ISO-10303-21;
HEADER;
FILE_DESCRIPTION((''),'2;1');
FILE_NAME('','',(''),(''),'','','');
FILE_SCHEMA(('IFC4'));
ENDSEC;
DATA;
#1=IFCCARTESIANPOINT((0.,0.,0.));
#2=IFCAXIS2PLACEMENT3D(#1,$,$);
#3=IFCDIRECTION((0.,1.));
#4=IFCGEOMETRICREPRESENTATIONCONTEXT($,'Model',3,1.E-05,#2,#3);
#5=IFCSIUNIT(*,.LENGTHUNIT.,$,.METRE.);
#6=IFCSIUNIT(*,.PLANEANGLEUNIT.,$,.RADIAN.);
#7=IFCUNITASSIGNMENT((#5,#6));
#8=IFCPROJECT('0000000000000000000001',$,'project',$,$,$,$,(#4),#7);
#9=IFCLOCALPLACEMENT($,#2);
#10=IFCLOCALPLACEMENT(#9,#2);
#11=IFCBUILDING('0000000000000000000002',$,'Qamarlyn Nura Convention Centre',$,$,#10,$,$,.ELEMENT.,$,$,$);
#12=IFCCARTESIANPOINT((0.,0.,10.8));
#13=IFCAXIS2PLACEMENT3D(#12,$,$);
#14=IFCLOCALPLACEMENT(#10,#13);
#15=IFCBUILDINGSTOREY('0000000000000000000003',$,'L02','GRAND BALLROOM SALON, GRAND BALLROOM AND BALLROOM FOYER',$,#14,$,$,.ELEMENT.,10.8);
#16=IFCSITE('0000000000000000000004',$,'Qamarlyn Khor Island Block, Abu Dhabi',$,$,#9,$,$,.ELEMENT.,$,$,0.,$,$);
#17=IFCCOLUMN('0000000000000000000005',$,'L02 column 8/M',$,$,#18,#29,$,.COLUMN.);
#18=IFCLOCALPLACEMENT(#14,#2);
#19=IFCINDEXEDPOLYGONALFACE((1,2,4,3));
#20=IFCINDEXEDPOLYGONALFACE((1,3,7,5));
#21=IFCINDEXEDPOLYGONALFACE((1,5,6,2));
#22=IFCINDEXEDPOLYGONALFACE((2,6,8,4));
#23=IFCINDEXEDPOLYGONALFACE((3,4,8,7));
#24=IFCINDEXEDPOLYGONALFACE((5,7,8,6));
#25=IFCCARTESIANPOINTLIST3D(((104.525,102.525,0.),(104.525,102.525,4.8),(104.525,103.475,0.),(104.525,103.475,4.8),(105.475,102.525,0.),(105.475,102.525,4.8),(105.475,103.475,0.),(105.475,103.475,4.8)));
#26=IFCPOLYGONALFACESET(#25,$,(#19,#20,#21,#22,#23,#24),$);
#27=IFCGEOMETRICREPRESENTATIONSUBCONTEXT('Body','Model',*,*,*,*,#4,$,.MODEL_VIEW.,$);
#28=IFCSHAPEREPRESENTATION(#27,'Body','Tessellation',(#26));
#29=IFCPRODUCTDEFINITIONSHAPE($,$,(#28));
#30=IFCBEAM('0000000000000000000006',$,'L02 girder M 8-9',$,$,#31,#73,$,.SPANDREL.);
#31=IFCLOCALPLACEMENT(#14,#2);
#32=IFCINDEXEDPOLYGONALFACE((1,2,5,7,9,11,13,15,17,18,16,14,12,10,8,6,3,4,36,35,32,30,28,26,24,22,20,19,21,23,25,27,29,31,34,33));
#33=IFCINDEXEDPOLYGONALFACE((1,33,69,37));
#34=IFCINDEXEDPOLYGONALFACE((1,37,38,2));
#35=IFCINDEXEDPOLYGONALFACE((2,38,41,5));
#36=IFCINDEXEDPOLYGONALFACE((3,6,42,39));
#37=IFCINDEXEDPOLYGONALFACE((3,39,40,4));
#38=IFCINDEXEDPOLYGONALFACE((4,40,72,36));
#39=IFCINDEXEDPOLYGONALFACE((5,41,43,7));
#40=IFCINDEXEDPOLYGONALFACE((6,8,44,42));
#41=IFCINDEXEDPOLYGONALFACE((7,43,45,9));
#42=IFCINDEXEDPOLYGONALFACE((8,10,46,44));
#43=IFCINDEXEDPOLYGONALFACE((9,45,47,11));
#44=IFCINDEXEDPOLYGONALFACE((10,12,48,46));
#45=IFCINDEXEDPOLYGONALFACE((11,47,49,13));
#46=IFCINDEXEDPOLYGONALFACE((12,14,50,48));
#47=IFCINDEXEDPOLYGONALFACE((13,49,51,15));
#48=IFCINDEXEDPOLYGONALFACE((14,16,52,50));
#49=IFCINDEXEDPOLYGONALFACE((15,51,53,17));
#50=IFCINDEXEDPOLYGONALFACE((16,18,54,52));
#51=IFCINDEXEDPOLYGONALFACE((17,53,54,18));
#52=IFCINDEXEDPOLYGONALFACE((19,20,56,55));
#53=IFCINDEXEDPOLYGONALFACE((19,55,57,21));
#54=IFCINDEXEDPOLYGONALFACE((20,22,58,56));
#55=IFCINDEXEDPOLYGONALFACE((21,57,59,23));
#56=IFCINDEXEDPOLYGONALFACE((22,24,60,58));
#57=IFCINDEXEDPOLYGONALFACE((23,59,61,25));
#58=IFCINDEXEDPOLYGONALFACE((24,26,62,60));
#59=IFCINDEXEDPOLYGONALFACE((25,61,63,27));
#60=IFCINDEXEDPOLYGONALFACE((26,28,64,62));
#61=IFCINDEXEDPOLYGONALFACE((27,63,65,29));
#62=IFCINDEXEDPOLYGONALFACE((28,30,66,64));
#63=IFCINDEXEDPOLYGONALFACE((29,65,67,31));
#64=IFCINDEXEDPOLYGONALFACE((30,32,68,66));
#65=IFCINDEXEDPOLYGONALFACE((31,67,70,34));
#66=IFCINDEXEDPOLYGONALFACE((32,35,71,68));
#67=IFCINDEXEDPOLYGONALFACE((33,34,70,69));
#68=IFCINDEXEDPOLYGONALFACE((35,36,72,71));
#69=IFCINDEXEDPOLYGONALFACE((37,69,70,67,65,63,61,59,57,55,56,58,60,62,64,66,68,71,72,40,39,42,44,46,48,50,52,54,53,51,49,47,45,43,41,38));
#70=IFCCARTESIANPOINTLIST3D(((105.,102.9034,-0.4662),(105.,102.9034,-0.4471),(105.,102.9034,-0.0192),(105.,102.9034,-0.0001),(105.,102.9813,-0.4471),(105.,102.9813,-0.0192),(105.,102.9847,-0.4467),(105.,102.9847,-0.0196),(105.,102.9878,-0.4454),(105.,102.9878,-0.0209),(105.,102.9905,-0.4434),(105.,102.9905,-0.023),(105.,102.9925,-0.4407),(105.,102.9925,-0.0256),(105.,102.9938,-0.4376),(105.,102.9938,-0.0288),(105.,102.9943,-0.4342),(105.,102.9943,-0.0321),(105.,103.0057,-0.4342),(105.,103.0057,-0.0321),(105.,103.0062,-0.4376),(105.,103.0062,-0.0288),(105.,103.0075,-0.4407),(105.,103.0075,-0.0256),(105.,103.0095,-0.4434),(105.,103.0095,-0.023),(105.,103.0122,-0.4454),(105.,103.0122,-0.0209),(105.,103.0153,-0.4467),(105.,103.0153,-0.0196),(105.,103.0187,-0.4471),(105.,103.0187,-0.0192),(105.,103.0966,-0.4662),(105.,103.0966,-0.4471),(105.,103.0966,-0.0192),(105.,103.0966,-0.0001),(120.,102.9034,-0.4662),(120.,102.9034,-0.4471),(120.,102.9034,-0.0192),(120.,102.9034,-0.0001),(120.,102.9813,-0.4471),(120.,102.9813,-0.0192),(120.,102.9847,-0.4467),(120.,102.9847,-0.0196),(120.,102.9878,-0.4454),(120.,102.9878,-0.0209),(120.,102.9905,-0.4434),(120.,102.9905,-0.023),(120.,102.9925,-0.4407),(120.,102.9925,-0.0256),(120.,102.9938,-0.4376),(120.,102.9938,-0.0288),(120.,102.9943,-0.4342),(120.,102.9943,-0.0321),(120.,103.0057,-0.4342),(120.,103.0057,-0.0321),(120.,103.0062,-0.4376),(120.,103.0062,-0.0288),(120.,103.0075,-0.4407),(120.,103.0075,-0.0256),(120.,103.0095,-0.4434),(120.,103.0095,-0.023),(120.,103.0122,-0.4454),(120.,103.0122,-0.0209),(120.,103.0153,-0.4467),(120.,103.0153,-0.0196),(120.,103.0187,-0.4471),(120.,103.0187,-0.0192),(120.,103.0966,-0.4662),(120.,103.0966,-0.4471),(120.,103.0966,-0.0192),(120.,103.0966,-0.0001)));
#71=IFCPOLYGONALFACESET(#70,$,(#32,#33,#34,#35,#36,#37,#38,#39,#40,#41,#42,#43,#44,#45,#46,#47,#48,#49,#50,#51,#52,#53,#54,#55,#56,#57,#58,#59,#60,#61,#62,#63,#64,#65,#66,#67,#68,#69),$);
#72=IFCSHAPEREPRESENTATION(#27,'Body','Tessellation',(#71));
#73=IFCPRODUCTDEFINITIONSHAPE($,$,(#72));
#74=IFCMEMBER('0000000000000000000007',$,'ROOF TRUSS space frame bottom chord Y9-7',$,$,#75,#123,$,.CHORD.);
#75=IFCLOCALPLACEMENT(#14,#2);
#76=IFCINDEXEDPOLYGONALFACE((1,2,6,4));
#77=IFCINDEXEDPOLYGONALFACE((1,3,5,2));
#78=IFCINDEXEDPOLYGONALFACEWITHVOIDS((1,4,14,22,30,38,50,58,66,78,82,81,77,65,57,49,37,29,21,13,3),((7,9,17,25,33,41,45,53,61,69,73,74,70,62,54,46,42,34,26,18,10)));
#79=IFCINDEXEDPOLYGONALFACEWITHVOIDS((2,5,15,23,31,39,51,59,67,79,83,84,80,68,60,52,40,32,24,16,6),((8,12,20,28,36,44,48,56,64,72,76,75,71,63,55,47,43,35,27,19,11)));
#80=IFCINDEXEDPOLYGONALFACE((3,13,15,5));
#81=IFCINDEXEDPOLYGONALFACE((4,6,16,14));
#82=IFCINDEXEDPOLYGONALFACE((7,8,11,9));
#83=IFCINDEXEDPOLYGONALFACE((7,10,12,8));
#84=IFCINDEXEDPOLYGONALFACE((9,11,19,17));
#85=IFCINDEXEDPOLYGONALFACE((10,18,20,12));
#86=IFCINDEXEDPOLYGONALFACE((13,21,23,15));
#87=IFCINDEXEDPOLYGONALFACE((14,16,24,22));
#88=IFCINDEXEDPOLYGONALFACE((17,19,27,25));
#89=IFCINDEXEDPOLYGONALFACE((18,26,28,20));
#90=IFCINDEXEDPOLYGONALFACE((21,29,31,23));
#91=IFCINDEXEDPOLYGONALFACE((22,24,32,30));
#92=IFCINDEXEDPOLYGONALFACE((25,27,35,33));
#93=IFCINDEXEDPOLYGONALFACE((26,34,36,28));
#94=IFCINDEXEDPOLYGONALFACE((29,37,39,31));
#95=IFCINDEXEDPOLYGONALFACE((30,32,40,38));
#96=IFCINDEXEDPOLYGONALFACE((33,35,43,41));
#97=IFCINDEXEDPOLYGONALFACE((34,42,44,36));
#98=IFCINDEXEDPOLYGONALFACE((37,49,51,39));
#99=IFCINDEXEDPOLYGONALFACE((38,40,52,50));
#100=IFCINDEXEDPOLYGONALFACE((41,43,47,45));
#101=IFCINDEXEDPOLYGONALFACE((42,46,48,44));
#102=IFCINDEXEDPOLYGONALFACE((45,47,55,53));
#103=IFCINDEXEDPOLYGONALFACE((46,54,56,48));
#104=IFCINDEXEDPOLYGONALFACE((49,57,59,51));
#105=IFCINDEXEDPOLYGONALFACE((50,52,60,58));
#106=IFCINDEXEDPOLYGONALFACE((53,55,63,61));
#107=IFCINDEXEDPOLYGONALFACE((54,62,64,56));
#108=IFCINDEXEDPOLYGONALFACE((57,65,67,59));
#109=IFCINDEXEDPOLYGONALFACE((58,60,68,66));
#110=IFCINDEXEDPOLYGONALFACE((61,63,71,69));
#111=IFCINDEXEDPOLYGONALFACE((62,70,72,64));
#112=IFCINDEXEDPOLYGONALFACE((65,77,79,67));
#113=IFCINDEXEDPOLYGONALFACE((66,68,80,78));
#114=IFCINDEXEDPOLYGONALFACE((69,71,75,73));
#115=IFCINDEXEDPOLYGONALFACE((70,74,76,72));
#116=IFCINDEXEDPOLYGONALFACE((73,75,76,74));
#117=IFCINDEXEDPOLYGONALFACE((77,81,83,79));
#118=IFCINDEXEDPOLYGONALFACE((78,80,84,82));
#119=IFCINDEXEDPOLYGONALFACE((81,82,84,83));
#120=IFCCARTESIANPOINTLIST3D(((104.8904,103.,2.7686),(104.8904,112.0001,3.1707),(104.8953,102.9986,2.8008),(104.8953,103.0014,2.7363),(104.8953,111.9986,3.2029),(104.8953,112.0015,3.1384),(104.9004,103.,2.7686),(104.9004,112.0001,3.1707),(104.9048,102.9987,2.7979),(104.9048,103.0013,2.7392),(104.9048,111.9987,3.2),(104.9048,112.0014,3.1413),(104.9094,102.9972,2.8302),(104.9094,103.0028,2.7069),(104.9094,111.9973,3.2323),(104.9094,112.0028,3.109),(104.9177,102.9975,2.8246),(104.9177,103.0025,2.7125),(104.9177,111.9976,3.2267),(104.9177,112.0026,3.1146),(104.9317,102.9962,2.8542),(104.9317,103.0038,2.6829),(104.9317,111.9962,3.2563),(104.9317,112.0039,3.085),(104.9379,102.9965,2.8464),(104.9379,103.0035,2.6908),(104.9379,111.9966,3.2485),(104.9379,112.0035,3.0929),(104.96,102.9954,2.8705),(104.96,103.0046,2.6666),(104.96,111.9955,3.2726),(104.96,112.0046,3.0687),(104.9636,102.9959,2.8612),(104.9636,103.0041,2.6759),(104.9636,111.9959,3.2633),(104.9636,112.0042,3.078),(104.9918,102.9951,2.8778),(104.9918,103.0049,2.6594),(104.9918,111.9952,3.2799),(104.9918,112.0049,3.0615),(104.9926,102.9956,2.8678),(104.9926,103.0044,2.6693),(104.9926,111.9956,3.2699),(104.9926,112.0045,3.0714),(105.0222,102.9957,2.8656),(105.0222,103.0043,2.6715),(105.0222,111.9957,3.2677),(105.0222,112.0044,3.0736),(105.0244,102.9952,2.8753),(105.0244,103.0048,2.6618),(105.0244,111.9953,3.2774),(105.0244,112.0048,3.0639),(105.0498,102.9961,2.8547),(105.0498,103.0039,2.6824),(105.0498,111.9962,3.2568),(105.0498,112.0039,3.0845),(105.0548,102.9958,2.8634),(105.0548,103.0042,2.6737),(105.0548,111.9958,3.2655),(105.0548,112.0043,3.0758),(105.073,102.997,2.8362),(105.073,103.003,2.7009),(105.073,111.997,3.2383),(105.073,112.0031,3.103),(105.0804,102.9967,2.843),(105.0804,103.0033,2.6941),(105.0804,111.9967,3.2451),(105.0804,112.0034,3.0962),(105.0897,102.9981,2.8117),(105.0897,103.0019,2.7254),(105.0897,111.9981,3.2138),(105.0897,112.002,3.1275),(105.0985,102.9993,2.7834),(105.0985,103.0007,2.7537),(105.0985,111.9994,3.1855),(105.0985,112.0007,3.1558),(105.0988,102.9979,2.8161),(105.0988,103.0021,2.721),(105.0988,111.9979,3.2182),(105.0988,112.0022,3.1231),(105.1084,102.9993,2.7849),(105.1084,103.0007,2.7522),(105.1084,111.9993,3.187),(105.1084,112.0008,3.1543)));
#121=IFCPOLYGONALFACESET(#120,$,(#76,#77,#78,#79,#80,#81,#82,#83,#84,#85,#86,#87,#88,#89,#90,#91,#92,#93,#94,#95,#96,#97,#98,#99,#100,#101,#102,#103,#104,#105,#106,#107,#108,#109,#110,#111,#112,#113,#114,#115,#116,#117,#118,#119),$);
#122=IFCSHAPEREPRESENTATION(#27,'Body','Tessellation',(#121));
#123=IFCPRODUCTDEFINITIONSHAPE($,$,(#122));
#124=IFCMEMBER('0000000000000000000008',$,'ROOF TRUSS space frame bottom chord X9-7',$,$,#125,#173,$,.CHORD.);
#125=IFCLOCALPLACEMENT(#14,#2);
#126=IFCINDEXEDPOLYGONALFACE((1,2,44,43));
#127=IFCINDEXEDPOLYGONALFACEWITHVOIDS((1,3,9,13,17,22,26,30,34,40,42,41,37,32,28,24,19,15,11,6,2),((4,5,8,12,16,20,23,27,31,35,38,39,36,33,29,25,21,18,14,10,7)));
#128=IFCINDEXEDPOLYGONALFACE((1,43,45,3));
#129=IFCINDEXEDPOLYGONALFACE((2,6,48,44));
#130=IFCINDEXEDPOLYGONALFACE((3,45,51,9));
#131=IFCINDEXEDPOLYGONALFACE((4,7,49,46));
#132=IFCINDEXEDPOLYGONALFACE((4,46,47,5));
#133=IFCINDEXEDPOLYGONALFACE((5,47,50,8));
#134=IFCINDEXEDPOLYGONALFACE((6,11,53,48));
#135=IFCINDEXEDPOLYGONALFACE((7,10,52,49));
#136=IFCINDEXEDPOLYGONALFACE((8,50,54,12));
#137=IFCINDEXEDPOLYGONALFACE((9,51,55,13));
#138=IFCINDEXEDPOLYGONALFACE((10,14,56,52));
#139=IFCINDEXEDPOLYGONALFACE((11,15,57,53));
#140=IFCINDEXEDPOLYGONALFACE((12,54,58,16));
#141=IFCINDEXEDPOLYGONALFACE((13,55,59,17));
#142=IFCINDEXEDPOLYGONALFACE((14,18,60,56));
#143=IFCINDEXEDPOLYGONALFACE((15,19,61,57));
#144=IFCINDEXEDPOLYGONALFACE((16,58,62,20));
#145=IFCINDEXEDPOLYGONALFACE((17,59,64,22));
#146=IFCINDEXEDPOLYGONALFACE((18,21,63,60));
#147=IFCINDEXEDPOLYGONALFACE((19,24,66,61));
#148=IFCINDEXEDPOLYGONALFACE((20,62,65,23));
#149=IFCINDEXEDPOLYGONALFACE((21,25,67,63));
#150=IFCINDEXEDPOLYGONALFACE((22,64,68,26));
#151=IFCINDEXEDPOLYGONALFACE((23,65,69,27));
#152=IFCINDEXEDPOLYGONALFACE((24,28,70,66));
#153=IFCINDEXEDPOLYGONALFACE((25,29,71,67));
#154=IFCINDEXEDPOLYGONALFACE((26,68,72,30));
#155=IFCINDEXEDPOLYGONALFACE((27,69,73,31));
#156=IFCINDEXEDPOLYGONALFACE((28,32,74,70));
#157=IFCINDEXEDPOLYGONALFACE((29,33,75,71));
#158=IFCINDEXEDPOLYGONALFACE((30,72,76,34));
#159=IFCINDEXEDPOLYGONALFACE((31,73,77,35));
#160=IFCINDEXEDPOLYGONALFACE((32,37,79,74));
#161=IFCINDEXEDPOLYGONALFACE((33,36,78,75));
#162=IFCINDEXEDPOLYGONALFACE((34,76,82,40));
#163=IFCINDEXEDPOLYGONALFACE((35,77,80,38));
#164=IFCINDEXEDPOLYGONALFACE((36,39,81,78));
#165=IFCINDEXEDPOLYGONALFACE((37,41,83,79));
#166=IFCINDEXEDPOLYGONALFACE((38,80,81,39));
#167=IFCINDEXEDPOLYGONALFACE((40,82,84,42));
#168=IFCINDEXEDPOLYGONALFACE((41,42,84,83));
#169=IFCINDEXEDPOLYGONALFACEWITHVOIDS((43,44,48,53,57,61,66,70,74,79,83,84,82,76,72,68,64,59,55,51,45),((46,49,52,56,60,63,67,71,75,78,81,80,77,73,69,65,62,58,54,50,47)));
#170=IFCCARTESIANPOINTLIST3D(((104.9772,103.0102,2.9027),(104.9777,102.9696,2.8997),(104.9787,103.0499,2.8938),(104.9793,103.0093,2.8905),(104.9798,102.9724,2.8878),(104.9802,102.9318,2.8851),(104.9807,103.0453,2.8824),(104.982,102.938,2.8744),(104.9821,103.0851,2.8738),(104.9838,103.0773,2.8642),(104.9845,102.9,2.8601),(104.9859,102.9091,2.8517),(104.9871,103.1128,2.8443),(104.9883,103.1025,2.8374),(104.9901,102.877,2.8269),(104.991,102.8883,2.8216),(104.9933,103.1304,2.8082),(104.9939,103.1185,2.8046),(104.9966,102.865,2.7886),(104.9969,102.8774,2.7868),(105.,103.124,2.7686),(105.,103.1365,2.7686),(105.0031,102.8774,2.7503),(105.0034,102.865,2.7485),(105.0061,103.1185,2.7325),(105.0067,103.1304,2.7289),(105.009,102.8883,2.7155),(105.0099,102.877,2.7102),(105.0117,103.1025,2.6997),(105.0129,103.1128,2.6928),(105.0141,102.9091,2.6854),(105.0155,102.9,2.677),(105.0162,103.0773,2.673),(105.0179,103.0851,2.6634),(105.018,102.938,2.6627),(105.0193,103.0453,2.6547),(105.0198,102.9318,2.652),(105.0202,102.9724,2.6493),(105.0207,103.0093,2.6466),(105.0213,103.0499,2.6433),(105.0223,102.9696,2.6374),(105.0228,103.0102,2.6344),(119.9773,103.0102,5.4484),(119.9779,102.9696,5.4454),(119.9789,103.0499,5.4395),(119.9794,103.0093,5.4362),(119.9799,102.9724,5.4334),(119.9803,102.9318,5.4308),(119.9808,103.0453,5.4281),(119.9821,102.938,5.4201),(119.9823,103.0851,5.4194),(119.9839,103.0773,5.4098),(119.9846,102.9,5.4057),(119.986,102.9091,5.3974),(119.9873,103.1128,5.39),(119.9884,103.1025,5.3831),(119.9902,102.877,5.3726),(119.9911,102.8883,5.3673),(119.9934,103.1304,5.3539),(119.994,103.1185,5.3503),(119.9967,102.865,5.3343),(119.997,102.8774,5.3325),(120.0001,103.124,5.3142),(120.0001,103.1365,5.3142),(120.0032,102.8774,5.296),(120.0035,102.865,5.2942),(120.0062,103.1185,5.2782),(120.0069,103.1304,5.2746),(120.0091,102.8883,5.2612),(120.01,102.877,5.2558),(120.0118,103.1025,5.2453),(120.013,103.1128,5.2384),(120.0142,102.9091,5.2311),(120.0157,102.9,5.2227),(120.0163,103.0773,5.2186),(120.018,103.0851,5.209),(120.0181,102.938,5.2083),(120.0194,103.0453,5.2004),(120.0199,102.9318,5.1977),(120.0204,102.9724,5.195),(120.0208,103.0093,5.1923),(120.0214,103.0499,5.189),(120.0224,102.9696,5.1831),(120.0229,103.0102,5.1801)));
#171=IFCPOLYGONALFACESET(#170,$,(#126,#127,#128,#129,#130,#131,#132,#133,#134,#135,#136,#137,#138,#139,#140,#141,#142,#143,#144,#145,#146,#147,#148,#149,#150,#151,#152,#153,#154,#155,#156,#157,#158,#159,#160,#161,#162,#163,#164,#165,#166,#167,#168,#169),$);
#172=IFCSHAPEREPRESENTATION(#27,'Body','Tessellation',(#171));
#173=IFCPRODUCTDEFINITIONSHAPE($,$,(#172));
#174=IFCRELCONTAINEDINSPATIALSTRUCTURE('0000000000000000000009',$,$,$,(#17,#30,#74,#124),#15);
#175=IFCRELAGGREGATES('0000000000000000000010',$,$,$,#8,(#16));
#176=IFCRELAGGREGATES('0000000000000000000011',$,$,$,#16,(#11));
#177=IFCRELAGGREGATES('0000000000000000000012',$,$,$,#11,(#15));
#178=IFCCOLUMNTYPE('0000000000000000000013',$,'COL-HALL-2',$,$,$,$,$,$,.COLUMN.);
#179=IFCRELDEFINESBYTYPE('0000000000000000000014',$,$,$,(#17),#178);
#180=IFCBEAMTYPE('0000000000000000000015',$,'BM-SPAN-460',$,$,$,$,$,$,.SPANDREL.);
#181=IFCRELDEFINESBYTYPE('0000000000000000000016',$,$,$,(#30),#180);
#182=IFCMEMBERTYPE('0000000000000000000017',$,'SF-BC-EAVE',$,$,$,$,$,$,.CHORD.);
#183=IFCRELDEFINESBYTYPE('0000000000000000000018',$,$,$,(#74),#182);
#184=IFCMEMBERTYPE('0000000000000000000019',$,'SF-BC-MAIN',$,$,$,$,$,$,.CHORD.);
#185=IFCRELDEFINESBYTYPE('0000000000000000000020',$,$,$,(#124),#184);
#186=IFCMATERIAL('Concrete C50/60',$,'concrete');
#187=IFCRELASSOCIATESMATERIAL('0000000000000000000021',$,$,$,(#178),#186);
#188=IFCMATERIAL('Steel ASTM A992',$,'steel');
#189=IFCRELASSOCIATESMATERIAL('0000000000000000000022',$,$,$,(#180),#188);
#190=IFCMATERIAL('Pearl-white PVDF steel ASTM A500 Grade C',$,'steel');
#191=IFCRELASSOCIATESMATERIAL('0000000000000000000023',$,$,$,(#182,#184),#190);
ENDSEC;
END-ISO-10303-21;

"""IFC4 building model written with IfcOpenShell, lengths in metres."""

from ifc_helpers import new_model, si_unit, direction, frame, origin, origin_2d, place, context, subcontext, project, spatial, rectangle, hollow_circle, i_section, extrude, material, material_profile, profile_set, type_object, element, save


model = new_model("IFC4")

# Units and contexts
model_context = context("Model", 3, precision=1e-05, world=origin(), true_north=direction((0.0, 1.0)))
body_context = subcontext(model_context, "Body", "Model", "MODEL_VIEW")
ifc_project = project(units=[si_unit("LENGTHUNIT", "METRE"), si_unit("PLANEANGLEUNIT", "RADIAN")], contexts=[model_context])

# Site, building, storey
site_placement = place(None, origin())
site = spatial("IfcSite", under=ifc_project, at=site_placement, Name="Qamarlyn Khor Island Block, Abu Dhabi", CompositionType="ELEMENT", RefElevation=0.0)
building_placement = place(site_placement, origin())
building = spatial("IfcBuilding", under=site, at=building_placement, Name="Qamarlyn Nura Convention Centre", CompositionType="ELEMENT")
storey_placement = place(building_placement, frame((0.0, 0.0, 10.8)))
storey = spatial("IfcBuildingStorey", under=building, at=storey_placement, Name="L02", Description="GRAND BALLROOM SALON, GRAND BALLROOM AND BALLROOM FOYER", CompositionType="ELEMENT", Elevation=10.8)

# Column
ifc_material_1 = material(Name="Concrete C50/60", Category="concrete")
ifc_material_profile_1 = material_profile(ifc_material_1, rectangle(XDim=0.95, YDim=0.95, at=origin_2d()), Name="RC 950x950")
ifc_profile_set_1 = profile_set([ifc_material_profile_1], Name="Concrete C50/60")
column_type = type_object("IfcColumnType", Name="COL-HALL-2", PredefinedType="COLUMN", material=ifc_profile_set_1)
column_placement = place(storey_placement, frame((105.0, 103.0, 0.0), z_axis=(0.0, 0.0, 1.0), x_axis=(1.0, 0.0, 0.0)))
element("IfcColumn", 1, at=column_placement, inside=storey, type_object=column_type, Name="L02 column 8/M", PredefinedType="COLUMN", context=body_context, shape_type="SweptSolid", body=[
    extrude(rectangle(XDim=0.95, YDim=0.95, at=origin_2d()), origin(), (0.0, 0.0, 1.0), 4.8),
])

# Beam
ifc_material_2 = material(Name="Steel ASTM A992", Category="steel")
ifc_material_profile_2 = material_profile(ifc_material_2, i_section(OverallWidth=0.1931, OverallDepth=0.4661, WebThickness=0.0115, FlangeThickness=0.019, FilletRadius=0.0129, at=origin_2d()), Name="W460X97")
ifc_profile_set_2 = profile_set([ifc_material_profile_2], Name="Steel ASTM A992")
beam_type = type_object("IfcBeamType", Name="BM-SPAN-460", PredefinedType="SPANDREL", material=ifc_profile_set_2)
beam_placement = place(storey_placement, frame((105.0, 103.0, -0.2332), z_axis=(1.0, 0.0, 0.0), x_axis=(0.0, 1.0, 0.0)))
element("IfcBeam", 2, at=beam_placement, inside=storey, type_object=beam_type, Name="L02 girder M 8-9", PredefinedType="SPANDREL", context=body_context, shape_type="SweptSolid", body=[
    extrude(i_section(OverallWidth=0.1931, OverallDepth=0.4661, WebThickness=0.0115, FlangeThickness=0.019, FilletRadius=0.0129, at=origin_2d()), origin(), (0.0, 0.0, 1.0), 15.0),
])

# Members
ifc_material_3 = material(Name="Pearl-white PVDF steel ASTM A500 Grade C", Category="steel")
ifc_material_profile_3 = material_profile(ifc_material_3, hollow_circle(Radius=0.1096, WallThickness=0.01, at=origin_2d()), Name="CHS219.1X10")
ifc_profile_set_3 = profile_set([ifc_material_profile_3], Name="Pearl-white PVDF steel ASTM A500 Grade C")
member_type_1 = type_object("IfcMemberType", Name="SF-BC-EAVE", PredefinedType="CHORD", material=ifc_profile_set_3)
member_1_placement = place(storey_placement, frame((105.0, 103.0, 2.7686), z_axis=(0.0, 0.999003, 0.044633), x_axis=(-1.0, 0.0, 0.0)))
element("IfcMember", 3, at=member_1_placement, inside=storey, type_object=member_type_1, Name="ROOF TRUSS space frame bottom chord Y9-7", PredefinedType="CHORD", context=body_context, shape_type="SweptSolid", body=[
    extrude(hollow_circle(Radius=0.1096, WallThickness=0.01, at=origin_2d()), origin(), (0.0, 0.0, 1.0), 9.009),
])
ifc_material_profile_4 = material_profile(ifc_material_3, hollow_circle(Radius=0.1365, WallThickness=0.0125, at=origin_2d()), Name="CHS273X12.5")
ifc_profile_set_4 = profile_set([ifc_material_profile_4], Name="Pearl-white PVDF steel ASTM A500 Grade C")
member_type_2 = type_object("IfcMemberType", Name="SF-BC-MAIN", PredefinedType="CHORD", material=ifc_profile_set_4)
member_2_placement = place(storey_placement, frame((105.0, 103.0, 2.7686), z_axis=(0.985903, 0.0, 0.167318), x_axis=(0.0, 1.0, 0.0)))
element("IfcMember", 4, at=member_2_placement, inside=storey, type_object=member_type_2, Name="ROOF TRUSS space frame bottom chord X9-7", PredefinedType="CHORD", context=body_context, shape_type="SweptSolid", body=[
    extrude(hollow_circle(Radius=0.1365, WallThickness=0.0125, at=origin_2d()), origin(), (0.0, 0.0, 1.0), 15.2146),
])

save(model, "model.ifc")
